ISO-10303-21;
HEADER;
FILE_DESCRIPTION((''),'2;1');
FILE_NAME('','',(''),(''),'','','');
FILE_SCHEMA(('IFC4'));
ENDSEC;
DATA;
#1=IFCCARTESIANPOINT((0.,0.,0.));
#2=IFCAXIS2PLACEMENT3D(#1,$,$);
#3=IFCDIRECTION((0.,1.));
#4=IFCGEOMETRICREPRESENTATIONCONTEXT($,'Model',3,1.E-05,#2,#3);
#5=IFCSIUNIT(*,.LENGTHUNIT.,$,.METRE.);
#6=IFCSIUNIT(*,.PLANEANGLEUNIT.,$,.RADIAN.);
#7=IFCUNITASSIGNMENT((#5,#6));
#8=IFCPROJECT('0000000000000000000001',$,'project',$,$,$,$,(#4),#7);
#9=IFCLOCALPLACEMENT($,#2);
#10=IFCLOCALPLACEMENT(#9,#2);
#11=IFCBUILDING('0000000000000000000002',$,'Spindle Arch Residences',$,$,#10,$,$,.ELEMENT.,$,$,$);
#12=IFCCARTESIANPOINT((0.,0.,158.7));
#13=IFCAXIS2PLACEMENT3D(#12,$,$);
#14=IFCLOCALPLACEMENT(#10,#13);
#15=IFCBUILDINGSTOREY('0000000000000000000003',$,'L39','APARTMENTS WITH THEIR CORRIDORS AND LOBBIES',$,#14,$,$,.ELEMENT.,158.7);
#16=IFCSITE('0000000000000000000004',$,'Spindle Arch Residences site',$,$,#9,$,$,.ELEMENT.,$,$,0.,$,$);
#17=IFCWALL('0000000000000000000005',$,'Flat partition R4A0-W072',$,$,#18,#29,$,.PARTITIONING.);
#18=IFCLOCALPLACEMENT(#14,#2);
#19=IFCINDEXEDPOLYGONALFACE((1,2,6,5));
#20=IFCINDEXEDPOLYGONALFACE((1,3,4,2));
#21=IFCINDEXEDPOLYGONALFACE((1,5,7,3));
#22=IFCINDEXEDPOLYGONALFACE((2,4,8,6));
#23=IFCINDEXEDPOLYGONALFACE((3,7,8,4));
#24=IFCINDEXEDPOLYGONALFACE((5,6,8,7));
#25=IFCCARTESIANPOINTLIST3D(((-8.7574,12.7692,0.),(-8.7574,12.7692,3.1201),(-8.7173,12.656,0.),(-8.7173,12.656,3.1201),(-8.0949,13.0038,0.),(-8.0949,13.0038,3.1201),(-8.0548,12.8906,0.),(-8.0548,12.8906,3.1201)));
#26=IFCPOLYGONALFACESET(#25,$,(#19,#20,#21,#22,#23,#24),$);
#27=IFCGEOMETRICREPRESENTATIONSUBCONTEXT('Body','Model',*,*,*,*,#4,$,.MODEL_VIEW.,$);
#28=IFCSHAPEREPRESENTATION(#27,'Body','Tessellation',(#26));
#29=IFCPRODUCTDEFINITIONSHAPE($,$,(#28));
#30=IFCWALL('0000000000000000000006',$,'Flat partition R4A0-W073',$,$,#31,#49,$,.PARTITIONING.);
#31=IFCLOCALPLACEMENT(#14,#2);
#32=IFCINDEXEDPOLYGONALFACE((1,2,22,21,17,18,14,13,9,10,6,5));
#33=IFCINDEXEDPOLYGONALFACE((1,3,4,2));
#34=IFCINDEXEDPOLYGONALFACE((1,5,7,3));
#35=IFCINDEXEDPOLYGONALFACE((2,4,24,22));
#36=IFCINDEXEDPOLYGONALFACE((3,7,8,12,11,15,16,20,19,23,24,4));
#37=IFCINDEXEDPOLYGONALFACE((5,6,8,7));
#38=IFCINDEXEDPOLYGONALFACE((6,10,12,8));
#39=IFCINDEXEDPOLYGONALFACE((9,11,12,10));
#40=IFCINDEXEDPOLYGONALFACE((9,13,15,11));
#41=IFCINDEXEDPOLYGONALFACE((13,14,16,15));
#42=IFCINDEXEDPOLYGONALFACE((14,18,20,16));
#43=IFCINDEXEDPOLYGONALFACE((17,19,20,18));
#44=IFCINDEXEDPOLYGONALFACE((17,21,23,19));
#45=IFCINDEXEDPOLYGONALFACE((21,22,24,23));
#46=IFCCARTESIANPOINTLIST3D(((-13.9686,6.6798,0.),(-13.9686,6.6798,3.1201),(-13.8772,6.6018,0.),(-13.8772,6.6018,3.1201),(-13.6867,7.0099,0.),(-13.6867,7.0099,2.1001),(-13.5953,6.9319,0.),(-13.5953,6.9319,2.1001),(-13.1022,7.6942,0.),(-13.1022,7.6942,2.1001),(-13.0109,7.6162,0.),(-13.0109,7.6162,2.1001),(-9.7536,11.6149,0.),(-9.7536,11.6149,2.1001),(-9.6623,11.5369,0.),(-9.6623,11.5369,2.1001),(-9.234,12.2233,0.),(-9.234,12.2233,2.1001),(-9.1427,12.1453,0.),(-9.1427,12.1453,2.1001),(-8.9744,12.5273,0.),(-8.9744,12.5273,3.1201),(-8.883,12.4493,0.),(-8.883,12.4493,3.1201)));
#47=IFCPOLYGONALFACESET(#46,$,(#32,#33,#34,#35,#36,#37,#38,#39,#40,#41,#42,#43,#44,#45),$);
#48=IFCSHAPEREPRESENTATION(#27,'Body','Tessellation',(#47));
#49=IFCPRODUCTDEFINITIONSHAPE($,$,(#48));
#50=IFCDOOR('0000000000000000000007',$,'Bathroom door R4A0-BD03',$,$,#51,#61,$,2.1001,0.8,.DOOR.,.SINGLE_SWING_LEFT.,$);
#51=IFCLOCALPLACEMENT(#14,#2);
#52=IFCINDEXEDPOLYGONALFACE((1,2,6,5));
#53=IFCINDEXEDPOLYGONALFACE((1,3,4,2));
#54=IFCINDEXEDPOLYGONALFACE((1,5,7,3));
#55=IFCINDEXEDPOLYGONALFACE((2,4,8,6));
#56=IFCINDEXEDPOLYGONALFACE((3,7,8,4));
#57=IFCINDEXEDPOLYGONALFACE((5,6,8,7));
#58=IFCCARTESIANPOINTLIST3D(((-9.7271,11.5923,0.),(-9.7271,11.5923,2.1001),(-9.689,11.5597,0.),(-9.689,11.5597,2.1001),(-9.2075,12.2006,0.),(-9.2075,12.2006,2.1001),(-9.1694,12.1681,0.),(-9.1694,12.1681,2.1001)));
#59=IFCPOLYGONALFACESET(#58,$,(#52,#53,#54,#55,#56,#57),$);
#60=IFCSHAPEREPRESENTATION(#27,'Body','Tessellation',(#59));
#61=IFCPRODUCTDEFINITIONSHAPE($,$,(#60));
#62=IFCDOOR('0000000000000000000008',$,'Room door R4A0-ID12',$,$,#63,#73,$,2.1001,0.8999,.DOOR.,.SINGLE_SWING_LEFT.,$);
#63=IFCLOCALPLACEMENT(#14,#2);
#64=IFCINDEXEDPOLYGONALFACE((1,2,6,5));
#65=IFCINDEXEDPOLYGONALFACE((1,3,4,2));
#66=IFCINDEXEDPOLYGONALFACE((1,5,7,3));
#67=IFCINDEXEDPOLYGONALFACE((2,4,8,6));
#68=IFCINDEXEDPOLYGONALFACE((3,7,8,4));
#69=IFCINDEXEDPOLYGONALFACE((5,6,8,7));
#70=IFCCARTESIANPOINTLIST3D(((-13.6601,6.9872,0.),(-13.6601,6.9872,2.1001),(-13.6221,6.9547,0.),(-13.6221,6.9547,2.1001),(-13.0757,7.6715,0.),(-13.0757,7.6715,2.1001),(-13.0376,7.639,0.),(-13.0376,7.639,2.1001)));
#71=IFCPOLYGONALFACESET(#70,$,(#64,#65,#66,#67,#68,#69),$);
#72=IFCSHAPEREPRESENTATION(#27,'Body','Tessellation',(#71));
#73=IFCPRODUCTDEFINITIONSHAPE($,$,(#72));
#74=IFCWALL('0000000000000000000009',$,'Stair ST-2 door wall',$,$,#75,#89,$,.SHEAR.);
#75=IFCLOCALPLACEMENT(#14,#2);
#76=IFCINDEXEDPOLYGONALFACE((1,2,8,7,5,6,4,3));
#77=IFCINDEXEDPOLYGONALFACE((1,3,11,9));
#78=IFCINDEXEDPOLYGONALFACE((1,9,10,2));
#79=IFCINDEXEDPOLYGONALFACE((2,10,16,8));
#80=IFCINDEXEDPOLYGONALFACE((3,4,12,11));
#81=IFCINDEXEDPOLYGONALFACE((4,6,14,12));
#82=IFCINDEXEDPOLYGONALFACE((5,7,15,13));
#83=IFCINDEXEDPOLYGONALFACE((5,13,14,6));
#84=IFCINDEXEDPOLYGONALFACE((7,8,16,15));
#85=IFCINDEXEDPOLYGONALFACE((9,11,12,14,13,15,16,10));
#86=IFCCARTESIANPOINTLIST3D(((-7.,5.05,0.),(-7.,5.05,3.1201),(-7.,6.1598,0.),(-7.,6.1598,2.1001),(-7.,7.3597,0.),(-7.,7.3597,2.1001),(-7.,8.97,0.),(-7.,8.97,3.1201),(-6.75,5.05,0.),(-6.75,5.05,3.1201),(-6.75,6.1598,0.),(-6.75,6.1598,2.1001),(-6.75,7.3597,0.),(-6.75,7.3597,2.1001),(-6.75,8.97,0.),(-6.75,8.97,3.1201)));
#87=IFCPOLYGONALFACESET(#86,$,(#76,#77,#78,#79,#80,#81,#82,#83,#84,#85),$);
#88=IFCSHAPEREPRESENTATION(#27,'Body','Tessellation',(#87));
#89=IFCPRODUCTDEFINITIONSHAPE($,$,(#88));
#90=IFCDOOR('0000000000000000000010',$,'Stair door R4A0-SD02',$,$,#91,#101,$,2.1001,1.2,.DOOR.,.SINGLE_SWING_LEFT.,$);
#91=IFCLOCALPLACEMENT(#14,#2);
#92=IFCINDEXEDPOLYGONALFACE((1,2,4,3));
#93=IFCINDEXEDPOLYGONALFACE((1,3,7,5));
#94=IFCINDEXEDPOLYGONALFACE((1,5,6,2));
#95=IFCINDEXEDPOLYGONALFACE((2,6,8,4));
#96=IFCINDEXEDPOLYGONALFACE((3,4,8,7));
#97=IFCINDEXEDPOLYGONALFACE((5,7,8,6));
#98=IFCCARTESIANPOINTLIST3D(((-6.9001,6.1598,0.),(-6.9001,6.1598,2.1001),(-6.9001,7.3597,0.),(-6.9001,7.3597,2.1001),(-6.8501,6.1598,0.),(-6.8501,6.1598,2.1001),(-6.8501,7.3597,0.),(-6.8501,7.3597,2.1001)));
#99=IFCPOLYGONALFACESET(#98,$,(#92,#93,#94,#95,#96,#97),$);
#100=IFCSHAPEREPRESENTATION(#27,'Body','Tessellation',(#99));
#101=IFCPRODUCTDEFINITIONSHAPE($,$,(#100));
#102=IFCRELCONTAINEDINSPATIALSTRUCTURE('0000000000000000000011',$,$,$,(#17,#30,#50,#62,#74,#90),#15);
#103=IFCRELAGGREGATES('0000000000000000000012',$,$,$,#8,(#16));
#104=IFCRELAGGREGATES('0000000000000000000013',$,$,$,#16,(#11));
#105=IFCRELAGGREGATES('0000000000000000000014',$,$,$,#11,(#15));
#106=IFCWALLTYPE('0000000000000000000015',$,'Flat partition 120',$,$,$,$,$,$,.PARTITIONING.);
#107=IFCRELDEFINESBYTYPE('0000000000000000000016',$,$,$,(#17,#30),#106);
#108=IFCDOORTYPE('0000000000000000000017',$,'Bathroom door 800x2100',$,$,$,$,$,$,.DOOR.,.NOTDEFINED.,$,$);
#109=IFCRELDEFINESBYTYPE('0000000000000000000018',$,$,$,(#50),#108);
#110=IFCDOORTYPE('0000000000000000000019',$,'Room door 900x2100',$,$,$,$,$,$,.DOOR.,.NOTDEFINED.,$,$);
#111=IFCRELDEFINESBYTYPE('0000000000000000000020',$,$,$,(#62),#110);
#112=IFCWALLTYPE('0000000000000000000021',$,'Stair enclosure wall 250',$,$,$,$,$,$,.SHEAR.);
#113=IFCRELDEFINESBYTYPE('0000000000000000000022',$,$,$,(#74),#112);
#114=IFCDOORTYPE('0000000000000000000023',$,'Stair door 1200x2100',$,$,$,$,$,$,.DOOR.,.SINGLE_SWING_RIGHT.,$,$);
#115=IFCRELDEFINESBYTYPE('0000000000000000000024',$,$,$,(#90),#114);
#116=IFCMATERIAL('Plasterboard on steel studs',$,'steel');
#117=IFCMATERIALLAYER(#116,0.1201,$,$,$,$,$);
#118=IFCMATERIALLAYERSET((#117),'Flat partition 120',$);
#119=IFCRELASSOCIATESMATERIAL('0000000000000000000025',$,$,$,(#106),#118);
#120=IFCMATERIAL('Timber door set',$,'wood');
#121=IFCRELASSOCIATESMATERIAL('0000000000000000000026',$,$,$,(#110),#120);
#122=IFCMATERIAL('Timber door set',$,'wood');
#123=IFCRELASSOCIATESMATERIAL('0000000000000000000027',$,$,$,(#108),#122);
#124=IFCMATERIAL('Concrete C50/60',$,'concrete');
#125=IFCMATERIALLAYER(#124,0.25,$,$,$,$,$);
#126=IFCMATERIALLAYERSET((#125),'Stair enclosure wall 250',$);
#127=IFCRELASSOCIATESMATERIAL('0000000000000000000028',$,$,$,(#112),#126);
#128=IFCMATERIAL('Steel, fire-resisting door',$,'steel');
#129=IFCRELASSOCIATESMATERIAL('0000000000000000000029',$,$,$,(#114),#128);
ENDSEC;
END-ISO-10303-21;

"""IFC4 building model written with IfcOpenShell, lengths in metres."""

from ifc_helpers import new_model, si_unit, direction, frame, frame_2d, origin, place, context, subcontext, project, spatial, rectangle, extrude, material, layer, layer_set, type_object, element, fill, save


model = new_model("IFC4")

# Units and contexts
model_context = context("Model", 3, precision=1e-05, world=origin(), true_north=direction((0.0, 1.0)))
body_context = subcontext(model_context, "Body", "Model", "MODEL_VIEW")
ifc_project = project(units=[si_unit("LENGTHUNIT", "METRE"), si_unit("PLANEANGLEUNIT", "RADIAN")], contexts=[model_context])

# Site, building, storey
site_placement = place(None, origin())
site = spatial("IfcSite", under=ifc_project, at=site_placement, Name="Spindle Arch Residences site", CompositionType="ELEMENT", RefElevation=0.0)
building_placement = place(site_placement, origin())
building = spatial("IfcBuilding", under=site, at=building_placement, Name="Spindle Arch Residences", CompositionType="ELEMENT")
storey_placement = place(building_placement, frame((0.0, 0.0, 158.7)))
storey = spatial("IfcBuildingStorey", under=building, at=storey_placement, Name="L39", Description="APARTMENTS WITH THEIR CORRIDORS AND LOBBIES", CompositionType="ELEMENT", Elevation=158.7)

# Shared definitions
ifc_material_1 = material(Name="Plasterboard on steel studs", Category="steel")
ifc_layer_1 = layer(ifc_material_1, 0.1201)
ifc_layer_set_1 = layer_set([ifc_layer_1], Name="Flat partition 120")
wall_type_1 = type_object("IfcWallType", Name="Flat partition 120", PredefinedType="PARTITIONING", material=ifc_layer_set_1)

# Shared definitions
ifc_material_2 = material(Name="Timber door set", Category="wood")
door_type_1 = type_object("IfcDoorType", Name="Room door 900x2100", OperationType="NOTDEFINED", PredefinedType="DOOR", material=ifc_material_2)

# Wall
wall_1_placement = place(storey_placement, frame((-8.0747, 12.9473, 0.0), z_axis=(0.0, 0.0, 1.0), x_axis=(-0.94265, -0.333783, 0.0)))
element("IfcWall", 1, at=wall_1_placement, inside=storey, type_object=wall_type_1, Name="Flat partition R4A0-W072", PredefinedType="PARTITIONING", context=body_context, shape_type="SweptSolid", body=[
    extrude(rectangle(XDim=0.7029, YDim=0.1201, at=frame_2d((0.3516, 0.0))), origin(), (0.0, 0.0, 1.0), 3.1201),
])

# Wall, openings, doors
wall_2_placement = place(storey_placement, frame((-8.9287, 12.4883, 0.0), z_axis=(0.0, 0.0, 1.0), x_axis=(-0.649446, -0.760407, 0.0)))
wall_2 = element("IfcWall", 2, at=wall_2_placement, inside=storey, type_object=wall_type_1, Name="Flat partition R4A0-W073", PredefinedType="PARTITIONING", context=body_context, shape_type="SweptSolid", body=[
    extrude(rectangle(XDim=7.6899, YDim=0.1201, at=frame_2d((3.845, 0.0))), origin(), (0.0, 0.0, 1.0), 3.1201),
])
opening_1_placement = place(wall_2_placement, frame((0.3999, 0.0, 0.0)))
opening_1 = element("IfcOpeningElement", 3, at=opening_1_placement, cuts=wall_2, PredefinedType="OPENING", context=body_context, shape_type="SweptSolid", body=[
    extrude(rectangle(XDim=0.8, YDim=2.1001, at=frame_2d((0.3999, 1.05))), frame((0.0, 0.0701, 0.0), z_axis=(0.0, -1.0, 0.0), x_axis=(1.0, 0.0, 0.0)), (0.0, 0.0, 1.0), 0.1401),
])
opening_2_placement = place(wall_2_placement, frame((6.356, 0.0, 0.0)))
opening_2 = element("IfcOpeningElement", 4, at=opening_2_placement, cuts=wall_2, PredefinedType="OPENING", context=body_context, shape_type="SweptSolid", body=[
    extrude(rectangle(XDim=0.8999, YDim=2.1001, at=frame_2d((0.45, 1.05))), frame((0.0, 0.0701, 0.0), z_axis=(0.0, -1.0, 0.0), x_axis=(1.0, 0.0, 0.0)), (0.0, 0.0, 1.0), 0.1401),
])
ifc_material_3 = material(Name="Timber door set", Category="wood")
door_type_2 = type_object("IfcDoorType", Name="Bathroom door 800x2100", OperationType="NOTDEFINED", PredefinedType="DOOR", material=ifc_material_3)
door_1_placement = place(opening_1_placement, origin())
door_1 = element("IfcDoor", 5, at=door_1_placement, inside=storey, type_object=door_type_2, Name="Bathroom door R4A0-BD03", OperationType="SINGLE_SWING_LEFT", OverallHeight=2.1001, OverallWidth=0.8, PredefinedType="DOOR", context=body_context, shape_type="SweptSolid", body=[
    extrude(rectangle(XDim=0.8, YDim=2.1001, at=frame_2d((0.3999, 1.05))), frame((0.0, 0.0249, 0.0), z_axis=(0.0, -1.0, 0.0), x_axis=(1.0, 0.0, 0.0)), (0.0, 0.0, 1.0), 0.05),
])
fill(opening_1, door_1)
door_2_placement = place(opening_2_placement, origin())
door_2 = element("IfcDoor", 6, at=door_2_placement, inside=storey, type_object=door_type_1, Name="Room door R4A0-ID12", OperationType="SINGLE_SWING_LEFT", OverallHeight=2.1001, OverallWidth=0.8999, PredefinedType="DOOR", context=body_context, shape_type="SweptSolid", body=[
    extrude(rectangle(XDim=0.8999, YDim=2.1001, at=frame_2d((0.45, 1.05))), frame((0.0, 0.0249, 0.0), z_axis=(0.0, -1.0, 0.0), x_axis=(1.0, 0.0, 0.0)), (0.0, 0.0, 1.0), 0.05),
])
fill(opening_2, door_2)

# Wall, opening, door
ifc_material_4 = material(Name="Concrete C50/60", Category="concrete")
ifc_layer_2 = layer(ifc_material_4, 0.25)
ifc_layer_set_2 = layer_set([ifc_layer_2], Name="Stair enclosure wall 250")
wall_type_2 = type_object("IfcWallType", Name="Stair enclosure wall 250", PredefinedType="SHEAR", material=ifc_layer_set_2)
wall_3_placement = place(storey_placement, frame((-6.875, 8.97, 0.0), z_axis=(0.0, 0.0, 1.0), x_axis=(0.0, -1.0, 0.0)))
wall_3 = element("IfcWall", 7, at=wall_3_placement, inside=storey, type_object=wall_type_2, Name="Stair ST-2 door wall", PredefinedType="SHEAR", context=body_context, shape_type="SweptSolid", body=[
    extrude(rectangle(XDim=3.9199, YDim=0.25, at=frame_2d((1.96, 0.0))), origin(), (0.0, 0.0, 1.0), 3.1201),
])
opening_3_placement = place(wall_3_placement, frame((1.6101, 0.0, 0.0)))
opening_3 = element("IfcOpeningElement", 8, at=opening_3_placement, cuts=wall_3, PredefinedType="OPENING", context=body_context, shape_type="SweptSolid", body=[
    extrude(rectangle(XDim=1.2, YDim=2.1001, at=frame_2d((0.6001, 1.05))), frame((0.0, 0.135, 0.0), z_axis=(0.0, -1.0, 0.0), x_axis=(1.0, 0.0, 0.0)), (0.0, 0.0, 1.0), 0.27),
])
ifc_material_5 = material(Name="Steel, fire-resisting door", Category="steel")
door_type_3 = type_object("IfcDoorType", Name="Stair door 1200x2100", OperationType="SINGLE_SWING_RIGHT", PredefinedType="DOOR", material=ifc_material_5)
door_3_placement = place(opening_3_placement, origin())
door_3 = element("IfcDoor", 9, at=door_3_placement, inside=storey, type_object=door_type_3, Name="Stair door R4A0-SD02", OperationType="SINGLE_SWING_LEFT", OverallHeight=2.1001, OverallWidth=1.2, PredefinedType="DOOR", context=body_context, shape_type="SweptSolid", body=[
    extrude(rectangle(XDim=1.2, YDim=2.1001, at=frame_2d((0.6001, 1.05))), frame((0.0, 0.0249, 0.0), z_axis=(0.0, -1.0, 0.0), x_axis=(1.0, 0.0, 0.0)), (0.0, 0.0, 1.0), 0.05),
])
fill(opening_3, door_3)

save(model, "model.ifc")
